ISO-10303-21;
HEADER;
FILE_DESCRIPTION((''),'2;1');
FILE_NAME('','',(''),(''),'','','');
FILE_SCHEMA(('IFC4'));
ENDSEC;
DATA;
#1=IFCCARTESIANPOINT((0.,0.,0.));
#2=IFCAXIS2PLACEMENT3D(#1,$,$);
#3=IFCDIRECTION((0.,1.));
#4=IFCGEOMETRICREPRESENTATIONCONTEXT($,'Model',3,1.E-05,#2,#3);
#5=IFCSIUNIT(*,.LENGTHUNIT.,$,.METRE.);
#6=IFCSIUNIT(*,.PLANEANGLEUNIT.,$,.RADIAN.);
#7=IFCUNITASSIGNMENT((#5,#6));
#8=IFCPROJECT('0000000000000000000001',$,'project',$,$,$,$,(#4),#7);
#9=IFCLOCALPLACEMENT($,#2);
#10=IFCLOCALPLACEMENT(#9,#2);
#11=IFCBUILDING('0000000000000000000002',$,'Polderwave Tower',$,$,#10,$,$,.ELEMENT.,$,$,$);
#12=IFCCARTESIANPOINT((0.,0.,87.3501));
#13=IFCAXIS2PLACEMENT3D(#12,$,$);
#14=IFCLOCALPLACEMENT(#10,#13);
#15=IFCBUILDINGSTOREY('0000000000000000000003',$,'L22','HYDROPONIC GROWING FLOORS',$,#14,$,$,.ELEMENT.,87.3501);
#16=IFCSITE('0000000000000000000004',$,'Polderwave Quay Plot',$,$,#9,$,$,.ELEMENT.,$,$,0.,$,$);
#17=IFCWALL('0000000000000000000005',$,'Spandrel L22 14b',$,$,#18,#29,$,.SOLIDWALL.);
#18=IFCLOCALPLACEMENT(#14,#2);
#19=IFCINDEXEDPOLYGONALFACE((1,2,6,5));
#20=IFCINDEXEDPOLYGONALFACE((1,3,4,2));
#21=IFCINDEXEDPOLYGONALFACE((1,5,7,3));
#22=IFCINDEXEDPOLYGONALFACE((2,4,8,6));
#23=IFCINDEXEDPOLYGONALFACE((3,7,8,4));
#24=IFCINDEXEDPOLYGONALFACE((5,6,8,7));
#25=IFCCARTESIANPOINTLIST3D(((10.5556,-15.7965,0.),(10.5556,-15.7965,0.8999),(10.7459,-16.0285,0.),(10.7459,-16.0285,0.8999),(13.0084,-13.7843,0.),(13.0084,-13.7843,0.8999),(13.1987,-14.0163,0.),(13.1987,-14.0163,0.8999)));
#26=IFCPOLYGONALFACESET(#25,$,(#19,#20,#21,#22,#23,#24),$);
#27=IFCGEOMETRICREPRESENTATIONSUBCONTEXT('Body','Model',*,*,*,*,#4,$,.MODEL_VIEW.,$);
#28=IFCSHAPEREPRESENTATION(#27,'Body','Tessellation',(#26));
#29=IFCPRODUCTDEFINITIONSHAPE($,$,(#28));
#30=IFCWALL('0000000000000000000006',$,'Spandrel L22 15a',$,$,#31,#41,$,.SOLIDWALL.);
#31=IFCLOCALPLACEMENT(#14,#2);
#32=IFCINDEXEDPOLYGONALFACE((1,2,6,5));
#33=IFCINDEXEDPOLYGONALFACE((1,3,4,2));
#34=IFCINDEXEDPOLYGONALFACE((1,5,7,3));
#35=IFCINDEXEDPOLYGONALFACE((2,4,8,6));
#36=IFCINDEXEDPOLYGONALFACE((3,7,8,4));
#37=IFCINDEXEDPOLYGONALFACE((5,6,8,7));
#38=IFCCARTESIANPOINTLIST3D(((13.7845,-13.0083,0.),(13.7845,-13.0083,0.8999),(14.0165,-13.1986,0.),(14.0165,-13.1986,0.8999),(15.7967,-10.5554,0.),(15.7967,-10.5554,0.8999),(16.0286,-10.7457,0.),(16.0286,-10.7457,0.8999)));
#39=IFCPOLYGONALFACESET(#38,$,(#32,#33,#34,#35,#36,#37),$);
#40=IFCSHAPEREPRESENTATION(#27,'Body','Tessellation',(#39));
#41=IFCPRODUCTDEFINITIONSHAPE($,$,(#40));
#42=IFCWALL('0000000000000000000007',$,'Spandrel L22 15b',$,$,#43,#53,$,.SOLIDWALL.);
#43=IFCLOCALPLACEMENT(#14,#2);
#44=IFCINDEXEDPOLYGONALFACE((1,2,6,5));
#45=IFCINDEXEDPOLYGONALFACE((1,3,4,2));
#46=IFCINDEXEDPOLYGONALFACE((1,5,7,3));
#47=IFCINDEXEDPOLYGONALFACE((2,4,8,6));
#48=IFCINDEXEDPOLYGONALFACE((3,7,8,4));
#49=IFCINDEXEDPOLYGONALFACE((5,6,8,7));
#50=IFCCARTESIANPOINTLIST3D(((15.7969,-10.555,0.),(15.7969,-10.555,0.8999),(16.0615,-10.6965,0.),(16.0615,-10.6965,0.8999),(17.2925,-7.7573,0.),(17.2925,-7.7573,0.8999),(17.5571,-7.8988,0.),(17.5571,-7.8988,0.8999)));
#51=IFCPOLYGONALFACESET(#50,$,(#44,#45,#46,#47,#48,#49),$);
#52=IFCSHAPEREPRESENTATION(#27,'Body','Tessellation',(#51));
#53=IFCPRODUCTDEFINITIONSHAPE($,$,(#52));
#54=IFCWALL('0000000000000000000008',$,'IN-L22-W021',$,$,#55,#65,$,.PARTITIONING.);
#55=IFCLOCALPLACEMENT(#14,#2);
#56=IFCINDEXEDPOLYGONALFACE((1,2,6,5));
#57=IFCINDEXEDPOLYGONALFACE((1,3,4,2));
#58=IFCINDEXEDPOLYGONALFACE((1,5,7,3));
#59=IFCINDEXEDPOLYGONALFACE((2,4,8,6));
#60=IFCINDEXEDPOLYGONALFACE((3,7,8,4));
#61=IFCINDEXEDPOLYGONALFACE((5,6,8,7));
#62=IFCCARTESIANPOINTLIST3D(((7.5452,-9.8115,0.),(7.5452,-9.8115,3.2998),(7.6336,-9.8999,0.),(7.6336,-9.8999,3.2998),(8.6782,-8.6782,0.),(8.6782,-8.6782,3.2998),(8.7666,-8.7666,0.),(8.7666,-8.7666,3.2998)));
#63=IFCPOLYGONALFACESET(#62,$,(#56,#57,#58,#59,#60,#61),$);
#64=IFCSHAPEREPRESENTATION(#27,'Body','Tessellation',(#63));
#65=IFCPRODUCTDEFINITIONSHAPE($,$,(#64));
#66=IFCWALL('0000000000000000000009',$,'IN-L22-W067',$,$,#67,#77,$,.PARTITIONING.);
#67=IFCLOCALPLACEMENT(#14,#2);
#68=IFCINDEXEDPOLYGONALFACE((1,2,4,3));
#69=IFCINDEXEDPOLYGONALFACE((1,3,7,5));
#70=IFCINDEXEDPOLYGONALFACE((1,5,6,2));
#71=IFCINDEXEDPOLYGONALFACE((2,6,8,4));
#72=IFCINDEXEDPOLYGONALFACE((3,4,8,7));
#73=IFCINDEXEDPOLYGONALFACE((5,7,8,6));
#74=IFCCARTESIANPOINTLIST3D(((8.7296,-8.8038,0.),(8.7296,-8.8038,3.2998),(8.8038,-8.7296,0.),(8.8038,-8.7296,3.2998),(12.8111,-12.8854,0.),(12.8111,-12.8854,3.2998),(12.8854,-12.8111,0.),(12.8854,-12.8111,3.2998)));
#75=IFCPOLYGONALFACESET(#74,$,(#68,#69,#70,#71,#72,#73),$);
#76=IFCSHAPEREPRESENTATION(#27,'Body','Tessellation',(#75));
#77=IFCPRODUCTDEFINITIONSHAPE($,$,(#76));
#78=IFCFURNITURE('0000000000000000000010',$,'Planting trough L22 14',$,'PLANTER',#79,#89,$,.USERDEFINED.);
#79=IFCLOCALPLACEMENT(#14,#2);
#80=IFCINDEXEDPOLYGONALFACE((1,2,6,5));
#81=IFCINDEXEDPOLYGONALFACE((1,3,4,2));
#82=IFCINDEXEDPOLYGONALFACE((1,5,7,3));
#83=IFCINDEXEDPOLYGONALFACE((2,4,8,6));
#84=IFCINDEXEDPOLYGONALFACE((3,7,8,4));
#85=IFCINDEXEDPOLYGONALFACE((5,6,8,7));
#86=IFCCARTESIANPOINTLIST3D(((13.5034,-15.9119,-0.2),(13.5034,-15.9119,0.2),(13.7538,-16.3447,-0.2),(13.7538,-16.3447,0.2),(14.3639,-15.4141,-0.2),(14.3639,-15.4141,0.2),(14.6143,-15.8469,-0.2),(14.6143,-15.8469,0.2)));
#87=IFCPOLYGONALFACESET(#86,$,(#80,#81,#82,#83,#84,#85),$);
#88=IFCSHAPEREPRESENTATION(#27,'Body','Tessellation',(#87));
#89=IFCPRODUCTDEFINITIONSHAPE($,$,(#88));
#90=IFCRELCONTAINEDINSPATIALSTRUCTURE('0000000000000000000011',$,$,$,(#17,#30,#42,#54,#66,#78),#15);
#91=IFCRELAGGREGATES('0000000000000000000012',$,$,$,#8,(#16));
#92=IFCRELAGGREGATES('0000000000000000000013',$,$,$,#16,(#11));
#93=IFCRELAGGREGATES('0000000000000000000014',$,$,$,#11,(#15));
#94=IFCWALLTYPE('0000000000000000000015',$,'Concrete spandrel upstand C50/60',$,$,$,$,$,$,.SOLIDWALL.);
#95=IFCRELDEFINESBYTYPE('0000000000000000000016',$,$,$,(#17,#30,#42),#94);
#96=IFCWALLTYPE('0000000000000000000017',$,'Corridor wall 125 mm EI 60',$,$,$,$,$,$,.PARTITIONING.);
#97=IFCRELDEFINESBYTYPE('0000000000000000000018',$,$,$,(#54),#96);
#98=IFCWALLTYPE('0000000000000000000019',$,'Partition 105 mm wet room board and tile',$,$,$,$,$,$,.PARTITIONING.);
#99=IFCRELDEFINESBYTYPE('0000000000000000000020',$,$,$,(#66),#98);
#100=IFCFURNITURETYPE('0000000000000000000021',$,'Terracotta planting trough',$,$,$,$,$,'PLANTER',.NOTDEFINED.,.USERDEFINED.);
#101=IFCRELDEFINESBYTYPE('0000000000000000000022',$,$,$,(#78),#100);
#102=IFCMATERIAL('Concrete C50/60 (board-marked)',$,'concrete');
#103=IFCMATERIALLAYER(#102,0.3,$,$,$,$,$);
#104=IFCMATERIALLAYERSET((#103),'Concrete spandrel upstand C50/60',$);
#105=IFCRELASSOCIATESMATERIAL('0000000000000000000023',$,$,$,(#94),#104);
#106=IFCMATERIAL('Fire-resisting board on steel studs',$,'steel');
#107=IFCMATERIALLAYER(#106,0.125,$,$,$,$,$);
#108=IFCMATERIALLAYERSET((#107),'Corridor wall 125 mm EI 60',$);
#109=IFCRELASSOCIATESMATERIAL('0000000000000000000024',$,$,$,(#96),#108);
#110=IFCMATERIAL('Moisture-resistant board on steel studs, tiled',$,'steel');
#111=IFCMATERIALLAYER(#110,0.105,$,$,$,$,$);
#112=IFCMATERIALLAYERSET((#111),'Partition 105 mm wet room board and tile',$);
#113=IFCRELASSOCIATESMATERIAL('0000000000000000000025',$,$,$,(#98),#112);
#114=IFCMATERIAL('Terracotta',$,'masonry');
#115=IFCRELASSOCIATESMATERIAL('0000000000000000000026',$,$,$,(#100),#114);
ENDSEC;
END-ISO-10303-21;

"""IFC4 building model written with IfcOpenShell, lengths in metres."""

from ifc_helpers import new_model, si_unit, direction, frame, frame_2d, origin, origin_2d, place, context, subcontext, project, spatial, rectangle, extrude, material, layer, layer_set, type_object, element, save


model = new_model("IFC4")

# Units and contexts
model_context = context("Model", 3, precision=1e-05, world=origin(), true_north=direction((0.0, 1.0)))
body_context = subcontext(model_context, "Body", "Model", "MODEL_VIEW")
ifc_project = project(units=[si_unit("LENGTHUNIT", "METRE"), si_unit("PLANEANGLEUNIT", "RADIAN")], contexts=[model_context])

# Site, building, storey
site_placement = place(None, origin())
site = spatial("IfcSite", under=ifc_project, at=site_placement, Name="Polderwave Quay Plot", CompositionType="ELEMENT", RefElevation=0.0)
building_placement = place(site_placement, origin())
building = spatial("IfcBuilding", under=site, at=building_placement, Name="Polderwave Tower", CompositionType="ELEMENT")
storey_placement = place(building_placement, frame((0.0, 0.0, 87.3501)))
storey = spatial("IfcBuildingStorey", under=building, at=storey_placement, Name="L22", Description="HYDROPONIC GROWING FLOORS", CompositionType="ELEMENT", Elevation=87.3501)

# Walls
ifc_material_1 = material(Name="Concrete C50/60 (board-marked)", Category="concrete")
ifc_layer_1 = layer(ifc_material_1, 0.3)
ifc_layer_set_1 = layer_set([ifc_layer_1], Name="Concrete spandrel upstand C50/60")
wall_type_1 = type_object("IfcWallType", Name="Concrete spandrel upstand C50/60", PredefinedType="SOLIDWALL", material=ifc_layer_set_1)
for number, where, z_axis, x_axis, name in (
    (1, (10.6506, -15.9126, 0.0), (0.0, 0.0, 1.0), (0.773137, 0.634239, 0.0), "Spandrel L22 14b"),
    (2, (13.9004, -13.1035, 0.0), (0.0, 0.0, 1.0), (0.634239, 0.773137, 0.0), "Spandrel L22 15a"),
):
    element("IfcWall", number, at=place(storey_placement, frame(where, z_axis=z_axis, x_axis=x_axis)), inside=storey, type_object=wall_type_1, Name=name, PredefinedType="SOLIDWALL", context=body_context, shape_type="SweptSolid", body=[
        extrude(rectangle(XDim=3.1726, YDim=0.3, at=frame_2d((1.5864, 0.0))), origin(), (0.0, 0.0, 1.0), 0.8999),
    ])
wall_1_placement = place(storey_placement, frame((15.9292, -10.6257, 0.0), z_axis=(0.0, 0.0, 1.0), x_axis=(0.471459, 0.881888, 0.0)))
element("IfcWall", 3, at=wall_1_placement, inside=storey, type_object=wall_type_1, Name="Spandrel L22 15b", PredefinedType="SOLIDWALL", context=body_context, shape_type="SweptSolid", body=[
    extrude(rectangle(XDim=3.1724, YDim=0.3, at=frame_2d((1.5862, 0.0))), origin(), (0.0, 0.0, 1.0), 0.8999),
])
ifc_material_2 = material(Name="Fire-resisting board on steel studs", Category="steel")
ifc_layer_2 = layer(ifc_material_2, 0.125)
ifc_layer_set_2 = layer_set([ifc_layer_2], Name="Corridor wall 125 mm EI 60")
wall_type_2 = type_object("IfcWallType", Name="Corridor wall 125 mm EI 60", PredefinedType="PARTITIONING", material=ifc_layer_set_2)
wall_2_placement = place(storey_placement, frame((8.7224, -8.7224, 0.0), z_axis=(0.0, 0.0, 1.0), x_axis=(-0.707031, -0.707183, 0.0)))
element("IfcWall", 4, at=wall_2_placement, inside=storey, type_object=wall_type_2, Name="IN-L22-W021", PredefinedType="PARTITIONING", context=body_context, shape_type="SweptSolid", body=[
    extrude(rectangle(XDim=1.6025, YDim=0.125, at=frame_2d((0.8013, 0.0))), origin(), (0.0, 0.0, 1.0), 3.2998),
])
ifc_material_3 = material(Name="Moisture-resistant board on steel studs, tiled", Category="steel")
ifc_layer_3 = layer(ifc_material_3, 0.105)
ifc_layer_set_3 = layer_set([ifc_layer_3], Name="Partition 105 mm wet room board and tile")
wall_type_3 = type_object("IfcWallType", Name="Partition 105 mm wet room board and tile", PredefinedType="PARTITIONING", material=ifc_layer_set_3)
wall_3_placement = place(storey_placement, frame((8.7666, -8.7666, 0.0), z_axis=(0.0, 0.0, 1.0), x_axis=(0.707107, -0.707107, 0.0)))
element("IfcWall", 5, at=wall_3_placement, inside=storey, type_object=wall_type_3, Name="IN-L22-W067", PredefinedType="PARTITIONING", context=body_context, shape_type="SweptSolid", body=[
    extrude(rectangle(XDim=5.7722, YDim=0.105, at=frame_2d((2.8862, 0.0))), origin(), (0.0, 0.0, 1.0), 3.2998),
])

# Furniture
ifc_material_4 = material(Name="Terracotta", Category="masonry")
furniture_type = type_object("IfcFurnitureType", Name="Terracotta planting trough", ElementType="PLANTER", AssemblyPlace="NOTDEFINED", PredefinedType="USERDEFINED", material=ifc_material_4)
furniture_placement = place(storey_placement, frame((14.0588, -15.8794, -0.2), z_axis=(0.0, 0.0, 1.0), x_axis=(0.865565, 0.500796, 0.0)))
element("IfcFurniture", 6, at=furniture_placement, inside=storey, type_object=furniture_type, Name="Planting trough L22 14", ObjectType="PLANTER", PredefinedType="USERDEFINED", context=body_context, shape_type="SweptSolid", body=[
    extrude(rectangle(XDim=0.9941, YDim=0.5, at=origin_2d()), origin(), (0.0, 0.0, 1.0), 0.3999),
])

save(model, "model.ifc")
